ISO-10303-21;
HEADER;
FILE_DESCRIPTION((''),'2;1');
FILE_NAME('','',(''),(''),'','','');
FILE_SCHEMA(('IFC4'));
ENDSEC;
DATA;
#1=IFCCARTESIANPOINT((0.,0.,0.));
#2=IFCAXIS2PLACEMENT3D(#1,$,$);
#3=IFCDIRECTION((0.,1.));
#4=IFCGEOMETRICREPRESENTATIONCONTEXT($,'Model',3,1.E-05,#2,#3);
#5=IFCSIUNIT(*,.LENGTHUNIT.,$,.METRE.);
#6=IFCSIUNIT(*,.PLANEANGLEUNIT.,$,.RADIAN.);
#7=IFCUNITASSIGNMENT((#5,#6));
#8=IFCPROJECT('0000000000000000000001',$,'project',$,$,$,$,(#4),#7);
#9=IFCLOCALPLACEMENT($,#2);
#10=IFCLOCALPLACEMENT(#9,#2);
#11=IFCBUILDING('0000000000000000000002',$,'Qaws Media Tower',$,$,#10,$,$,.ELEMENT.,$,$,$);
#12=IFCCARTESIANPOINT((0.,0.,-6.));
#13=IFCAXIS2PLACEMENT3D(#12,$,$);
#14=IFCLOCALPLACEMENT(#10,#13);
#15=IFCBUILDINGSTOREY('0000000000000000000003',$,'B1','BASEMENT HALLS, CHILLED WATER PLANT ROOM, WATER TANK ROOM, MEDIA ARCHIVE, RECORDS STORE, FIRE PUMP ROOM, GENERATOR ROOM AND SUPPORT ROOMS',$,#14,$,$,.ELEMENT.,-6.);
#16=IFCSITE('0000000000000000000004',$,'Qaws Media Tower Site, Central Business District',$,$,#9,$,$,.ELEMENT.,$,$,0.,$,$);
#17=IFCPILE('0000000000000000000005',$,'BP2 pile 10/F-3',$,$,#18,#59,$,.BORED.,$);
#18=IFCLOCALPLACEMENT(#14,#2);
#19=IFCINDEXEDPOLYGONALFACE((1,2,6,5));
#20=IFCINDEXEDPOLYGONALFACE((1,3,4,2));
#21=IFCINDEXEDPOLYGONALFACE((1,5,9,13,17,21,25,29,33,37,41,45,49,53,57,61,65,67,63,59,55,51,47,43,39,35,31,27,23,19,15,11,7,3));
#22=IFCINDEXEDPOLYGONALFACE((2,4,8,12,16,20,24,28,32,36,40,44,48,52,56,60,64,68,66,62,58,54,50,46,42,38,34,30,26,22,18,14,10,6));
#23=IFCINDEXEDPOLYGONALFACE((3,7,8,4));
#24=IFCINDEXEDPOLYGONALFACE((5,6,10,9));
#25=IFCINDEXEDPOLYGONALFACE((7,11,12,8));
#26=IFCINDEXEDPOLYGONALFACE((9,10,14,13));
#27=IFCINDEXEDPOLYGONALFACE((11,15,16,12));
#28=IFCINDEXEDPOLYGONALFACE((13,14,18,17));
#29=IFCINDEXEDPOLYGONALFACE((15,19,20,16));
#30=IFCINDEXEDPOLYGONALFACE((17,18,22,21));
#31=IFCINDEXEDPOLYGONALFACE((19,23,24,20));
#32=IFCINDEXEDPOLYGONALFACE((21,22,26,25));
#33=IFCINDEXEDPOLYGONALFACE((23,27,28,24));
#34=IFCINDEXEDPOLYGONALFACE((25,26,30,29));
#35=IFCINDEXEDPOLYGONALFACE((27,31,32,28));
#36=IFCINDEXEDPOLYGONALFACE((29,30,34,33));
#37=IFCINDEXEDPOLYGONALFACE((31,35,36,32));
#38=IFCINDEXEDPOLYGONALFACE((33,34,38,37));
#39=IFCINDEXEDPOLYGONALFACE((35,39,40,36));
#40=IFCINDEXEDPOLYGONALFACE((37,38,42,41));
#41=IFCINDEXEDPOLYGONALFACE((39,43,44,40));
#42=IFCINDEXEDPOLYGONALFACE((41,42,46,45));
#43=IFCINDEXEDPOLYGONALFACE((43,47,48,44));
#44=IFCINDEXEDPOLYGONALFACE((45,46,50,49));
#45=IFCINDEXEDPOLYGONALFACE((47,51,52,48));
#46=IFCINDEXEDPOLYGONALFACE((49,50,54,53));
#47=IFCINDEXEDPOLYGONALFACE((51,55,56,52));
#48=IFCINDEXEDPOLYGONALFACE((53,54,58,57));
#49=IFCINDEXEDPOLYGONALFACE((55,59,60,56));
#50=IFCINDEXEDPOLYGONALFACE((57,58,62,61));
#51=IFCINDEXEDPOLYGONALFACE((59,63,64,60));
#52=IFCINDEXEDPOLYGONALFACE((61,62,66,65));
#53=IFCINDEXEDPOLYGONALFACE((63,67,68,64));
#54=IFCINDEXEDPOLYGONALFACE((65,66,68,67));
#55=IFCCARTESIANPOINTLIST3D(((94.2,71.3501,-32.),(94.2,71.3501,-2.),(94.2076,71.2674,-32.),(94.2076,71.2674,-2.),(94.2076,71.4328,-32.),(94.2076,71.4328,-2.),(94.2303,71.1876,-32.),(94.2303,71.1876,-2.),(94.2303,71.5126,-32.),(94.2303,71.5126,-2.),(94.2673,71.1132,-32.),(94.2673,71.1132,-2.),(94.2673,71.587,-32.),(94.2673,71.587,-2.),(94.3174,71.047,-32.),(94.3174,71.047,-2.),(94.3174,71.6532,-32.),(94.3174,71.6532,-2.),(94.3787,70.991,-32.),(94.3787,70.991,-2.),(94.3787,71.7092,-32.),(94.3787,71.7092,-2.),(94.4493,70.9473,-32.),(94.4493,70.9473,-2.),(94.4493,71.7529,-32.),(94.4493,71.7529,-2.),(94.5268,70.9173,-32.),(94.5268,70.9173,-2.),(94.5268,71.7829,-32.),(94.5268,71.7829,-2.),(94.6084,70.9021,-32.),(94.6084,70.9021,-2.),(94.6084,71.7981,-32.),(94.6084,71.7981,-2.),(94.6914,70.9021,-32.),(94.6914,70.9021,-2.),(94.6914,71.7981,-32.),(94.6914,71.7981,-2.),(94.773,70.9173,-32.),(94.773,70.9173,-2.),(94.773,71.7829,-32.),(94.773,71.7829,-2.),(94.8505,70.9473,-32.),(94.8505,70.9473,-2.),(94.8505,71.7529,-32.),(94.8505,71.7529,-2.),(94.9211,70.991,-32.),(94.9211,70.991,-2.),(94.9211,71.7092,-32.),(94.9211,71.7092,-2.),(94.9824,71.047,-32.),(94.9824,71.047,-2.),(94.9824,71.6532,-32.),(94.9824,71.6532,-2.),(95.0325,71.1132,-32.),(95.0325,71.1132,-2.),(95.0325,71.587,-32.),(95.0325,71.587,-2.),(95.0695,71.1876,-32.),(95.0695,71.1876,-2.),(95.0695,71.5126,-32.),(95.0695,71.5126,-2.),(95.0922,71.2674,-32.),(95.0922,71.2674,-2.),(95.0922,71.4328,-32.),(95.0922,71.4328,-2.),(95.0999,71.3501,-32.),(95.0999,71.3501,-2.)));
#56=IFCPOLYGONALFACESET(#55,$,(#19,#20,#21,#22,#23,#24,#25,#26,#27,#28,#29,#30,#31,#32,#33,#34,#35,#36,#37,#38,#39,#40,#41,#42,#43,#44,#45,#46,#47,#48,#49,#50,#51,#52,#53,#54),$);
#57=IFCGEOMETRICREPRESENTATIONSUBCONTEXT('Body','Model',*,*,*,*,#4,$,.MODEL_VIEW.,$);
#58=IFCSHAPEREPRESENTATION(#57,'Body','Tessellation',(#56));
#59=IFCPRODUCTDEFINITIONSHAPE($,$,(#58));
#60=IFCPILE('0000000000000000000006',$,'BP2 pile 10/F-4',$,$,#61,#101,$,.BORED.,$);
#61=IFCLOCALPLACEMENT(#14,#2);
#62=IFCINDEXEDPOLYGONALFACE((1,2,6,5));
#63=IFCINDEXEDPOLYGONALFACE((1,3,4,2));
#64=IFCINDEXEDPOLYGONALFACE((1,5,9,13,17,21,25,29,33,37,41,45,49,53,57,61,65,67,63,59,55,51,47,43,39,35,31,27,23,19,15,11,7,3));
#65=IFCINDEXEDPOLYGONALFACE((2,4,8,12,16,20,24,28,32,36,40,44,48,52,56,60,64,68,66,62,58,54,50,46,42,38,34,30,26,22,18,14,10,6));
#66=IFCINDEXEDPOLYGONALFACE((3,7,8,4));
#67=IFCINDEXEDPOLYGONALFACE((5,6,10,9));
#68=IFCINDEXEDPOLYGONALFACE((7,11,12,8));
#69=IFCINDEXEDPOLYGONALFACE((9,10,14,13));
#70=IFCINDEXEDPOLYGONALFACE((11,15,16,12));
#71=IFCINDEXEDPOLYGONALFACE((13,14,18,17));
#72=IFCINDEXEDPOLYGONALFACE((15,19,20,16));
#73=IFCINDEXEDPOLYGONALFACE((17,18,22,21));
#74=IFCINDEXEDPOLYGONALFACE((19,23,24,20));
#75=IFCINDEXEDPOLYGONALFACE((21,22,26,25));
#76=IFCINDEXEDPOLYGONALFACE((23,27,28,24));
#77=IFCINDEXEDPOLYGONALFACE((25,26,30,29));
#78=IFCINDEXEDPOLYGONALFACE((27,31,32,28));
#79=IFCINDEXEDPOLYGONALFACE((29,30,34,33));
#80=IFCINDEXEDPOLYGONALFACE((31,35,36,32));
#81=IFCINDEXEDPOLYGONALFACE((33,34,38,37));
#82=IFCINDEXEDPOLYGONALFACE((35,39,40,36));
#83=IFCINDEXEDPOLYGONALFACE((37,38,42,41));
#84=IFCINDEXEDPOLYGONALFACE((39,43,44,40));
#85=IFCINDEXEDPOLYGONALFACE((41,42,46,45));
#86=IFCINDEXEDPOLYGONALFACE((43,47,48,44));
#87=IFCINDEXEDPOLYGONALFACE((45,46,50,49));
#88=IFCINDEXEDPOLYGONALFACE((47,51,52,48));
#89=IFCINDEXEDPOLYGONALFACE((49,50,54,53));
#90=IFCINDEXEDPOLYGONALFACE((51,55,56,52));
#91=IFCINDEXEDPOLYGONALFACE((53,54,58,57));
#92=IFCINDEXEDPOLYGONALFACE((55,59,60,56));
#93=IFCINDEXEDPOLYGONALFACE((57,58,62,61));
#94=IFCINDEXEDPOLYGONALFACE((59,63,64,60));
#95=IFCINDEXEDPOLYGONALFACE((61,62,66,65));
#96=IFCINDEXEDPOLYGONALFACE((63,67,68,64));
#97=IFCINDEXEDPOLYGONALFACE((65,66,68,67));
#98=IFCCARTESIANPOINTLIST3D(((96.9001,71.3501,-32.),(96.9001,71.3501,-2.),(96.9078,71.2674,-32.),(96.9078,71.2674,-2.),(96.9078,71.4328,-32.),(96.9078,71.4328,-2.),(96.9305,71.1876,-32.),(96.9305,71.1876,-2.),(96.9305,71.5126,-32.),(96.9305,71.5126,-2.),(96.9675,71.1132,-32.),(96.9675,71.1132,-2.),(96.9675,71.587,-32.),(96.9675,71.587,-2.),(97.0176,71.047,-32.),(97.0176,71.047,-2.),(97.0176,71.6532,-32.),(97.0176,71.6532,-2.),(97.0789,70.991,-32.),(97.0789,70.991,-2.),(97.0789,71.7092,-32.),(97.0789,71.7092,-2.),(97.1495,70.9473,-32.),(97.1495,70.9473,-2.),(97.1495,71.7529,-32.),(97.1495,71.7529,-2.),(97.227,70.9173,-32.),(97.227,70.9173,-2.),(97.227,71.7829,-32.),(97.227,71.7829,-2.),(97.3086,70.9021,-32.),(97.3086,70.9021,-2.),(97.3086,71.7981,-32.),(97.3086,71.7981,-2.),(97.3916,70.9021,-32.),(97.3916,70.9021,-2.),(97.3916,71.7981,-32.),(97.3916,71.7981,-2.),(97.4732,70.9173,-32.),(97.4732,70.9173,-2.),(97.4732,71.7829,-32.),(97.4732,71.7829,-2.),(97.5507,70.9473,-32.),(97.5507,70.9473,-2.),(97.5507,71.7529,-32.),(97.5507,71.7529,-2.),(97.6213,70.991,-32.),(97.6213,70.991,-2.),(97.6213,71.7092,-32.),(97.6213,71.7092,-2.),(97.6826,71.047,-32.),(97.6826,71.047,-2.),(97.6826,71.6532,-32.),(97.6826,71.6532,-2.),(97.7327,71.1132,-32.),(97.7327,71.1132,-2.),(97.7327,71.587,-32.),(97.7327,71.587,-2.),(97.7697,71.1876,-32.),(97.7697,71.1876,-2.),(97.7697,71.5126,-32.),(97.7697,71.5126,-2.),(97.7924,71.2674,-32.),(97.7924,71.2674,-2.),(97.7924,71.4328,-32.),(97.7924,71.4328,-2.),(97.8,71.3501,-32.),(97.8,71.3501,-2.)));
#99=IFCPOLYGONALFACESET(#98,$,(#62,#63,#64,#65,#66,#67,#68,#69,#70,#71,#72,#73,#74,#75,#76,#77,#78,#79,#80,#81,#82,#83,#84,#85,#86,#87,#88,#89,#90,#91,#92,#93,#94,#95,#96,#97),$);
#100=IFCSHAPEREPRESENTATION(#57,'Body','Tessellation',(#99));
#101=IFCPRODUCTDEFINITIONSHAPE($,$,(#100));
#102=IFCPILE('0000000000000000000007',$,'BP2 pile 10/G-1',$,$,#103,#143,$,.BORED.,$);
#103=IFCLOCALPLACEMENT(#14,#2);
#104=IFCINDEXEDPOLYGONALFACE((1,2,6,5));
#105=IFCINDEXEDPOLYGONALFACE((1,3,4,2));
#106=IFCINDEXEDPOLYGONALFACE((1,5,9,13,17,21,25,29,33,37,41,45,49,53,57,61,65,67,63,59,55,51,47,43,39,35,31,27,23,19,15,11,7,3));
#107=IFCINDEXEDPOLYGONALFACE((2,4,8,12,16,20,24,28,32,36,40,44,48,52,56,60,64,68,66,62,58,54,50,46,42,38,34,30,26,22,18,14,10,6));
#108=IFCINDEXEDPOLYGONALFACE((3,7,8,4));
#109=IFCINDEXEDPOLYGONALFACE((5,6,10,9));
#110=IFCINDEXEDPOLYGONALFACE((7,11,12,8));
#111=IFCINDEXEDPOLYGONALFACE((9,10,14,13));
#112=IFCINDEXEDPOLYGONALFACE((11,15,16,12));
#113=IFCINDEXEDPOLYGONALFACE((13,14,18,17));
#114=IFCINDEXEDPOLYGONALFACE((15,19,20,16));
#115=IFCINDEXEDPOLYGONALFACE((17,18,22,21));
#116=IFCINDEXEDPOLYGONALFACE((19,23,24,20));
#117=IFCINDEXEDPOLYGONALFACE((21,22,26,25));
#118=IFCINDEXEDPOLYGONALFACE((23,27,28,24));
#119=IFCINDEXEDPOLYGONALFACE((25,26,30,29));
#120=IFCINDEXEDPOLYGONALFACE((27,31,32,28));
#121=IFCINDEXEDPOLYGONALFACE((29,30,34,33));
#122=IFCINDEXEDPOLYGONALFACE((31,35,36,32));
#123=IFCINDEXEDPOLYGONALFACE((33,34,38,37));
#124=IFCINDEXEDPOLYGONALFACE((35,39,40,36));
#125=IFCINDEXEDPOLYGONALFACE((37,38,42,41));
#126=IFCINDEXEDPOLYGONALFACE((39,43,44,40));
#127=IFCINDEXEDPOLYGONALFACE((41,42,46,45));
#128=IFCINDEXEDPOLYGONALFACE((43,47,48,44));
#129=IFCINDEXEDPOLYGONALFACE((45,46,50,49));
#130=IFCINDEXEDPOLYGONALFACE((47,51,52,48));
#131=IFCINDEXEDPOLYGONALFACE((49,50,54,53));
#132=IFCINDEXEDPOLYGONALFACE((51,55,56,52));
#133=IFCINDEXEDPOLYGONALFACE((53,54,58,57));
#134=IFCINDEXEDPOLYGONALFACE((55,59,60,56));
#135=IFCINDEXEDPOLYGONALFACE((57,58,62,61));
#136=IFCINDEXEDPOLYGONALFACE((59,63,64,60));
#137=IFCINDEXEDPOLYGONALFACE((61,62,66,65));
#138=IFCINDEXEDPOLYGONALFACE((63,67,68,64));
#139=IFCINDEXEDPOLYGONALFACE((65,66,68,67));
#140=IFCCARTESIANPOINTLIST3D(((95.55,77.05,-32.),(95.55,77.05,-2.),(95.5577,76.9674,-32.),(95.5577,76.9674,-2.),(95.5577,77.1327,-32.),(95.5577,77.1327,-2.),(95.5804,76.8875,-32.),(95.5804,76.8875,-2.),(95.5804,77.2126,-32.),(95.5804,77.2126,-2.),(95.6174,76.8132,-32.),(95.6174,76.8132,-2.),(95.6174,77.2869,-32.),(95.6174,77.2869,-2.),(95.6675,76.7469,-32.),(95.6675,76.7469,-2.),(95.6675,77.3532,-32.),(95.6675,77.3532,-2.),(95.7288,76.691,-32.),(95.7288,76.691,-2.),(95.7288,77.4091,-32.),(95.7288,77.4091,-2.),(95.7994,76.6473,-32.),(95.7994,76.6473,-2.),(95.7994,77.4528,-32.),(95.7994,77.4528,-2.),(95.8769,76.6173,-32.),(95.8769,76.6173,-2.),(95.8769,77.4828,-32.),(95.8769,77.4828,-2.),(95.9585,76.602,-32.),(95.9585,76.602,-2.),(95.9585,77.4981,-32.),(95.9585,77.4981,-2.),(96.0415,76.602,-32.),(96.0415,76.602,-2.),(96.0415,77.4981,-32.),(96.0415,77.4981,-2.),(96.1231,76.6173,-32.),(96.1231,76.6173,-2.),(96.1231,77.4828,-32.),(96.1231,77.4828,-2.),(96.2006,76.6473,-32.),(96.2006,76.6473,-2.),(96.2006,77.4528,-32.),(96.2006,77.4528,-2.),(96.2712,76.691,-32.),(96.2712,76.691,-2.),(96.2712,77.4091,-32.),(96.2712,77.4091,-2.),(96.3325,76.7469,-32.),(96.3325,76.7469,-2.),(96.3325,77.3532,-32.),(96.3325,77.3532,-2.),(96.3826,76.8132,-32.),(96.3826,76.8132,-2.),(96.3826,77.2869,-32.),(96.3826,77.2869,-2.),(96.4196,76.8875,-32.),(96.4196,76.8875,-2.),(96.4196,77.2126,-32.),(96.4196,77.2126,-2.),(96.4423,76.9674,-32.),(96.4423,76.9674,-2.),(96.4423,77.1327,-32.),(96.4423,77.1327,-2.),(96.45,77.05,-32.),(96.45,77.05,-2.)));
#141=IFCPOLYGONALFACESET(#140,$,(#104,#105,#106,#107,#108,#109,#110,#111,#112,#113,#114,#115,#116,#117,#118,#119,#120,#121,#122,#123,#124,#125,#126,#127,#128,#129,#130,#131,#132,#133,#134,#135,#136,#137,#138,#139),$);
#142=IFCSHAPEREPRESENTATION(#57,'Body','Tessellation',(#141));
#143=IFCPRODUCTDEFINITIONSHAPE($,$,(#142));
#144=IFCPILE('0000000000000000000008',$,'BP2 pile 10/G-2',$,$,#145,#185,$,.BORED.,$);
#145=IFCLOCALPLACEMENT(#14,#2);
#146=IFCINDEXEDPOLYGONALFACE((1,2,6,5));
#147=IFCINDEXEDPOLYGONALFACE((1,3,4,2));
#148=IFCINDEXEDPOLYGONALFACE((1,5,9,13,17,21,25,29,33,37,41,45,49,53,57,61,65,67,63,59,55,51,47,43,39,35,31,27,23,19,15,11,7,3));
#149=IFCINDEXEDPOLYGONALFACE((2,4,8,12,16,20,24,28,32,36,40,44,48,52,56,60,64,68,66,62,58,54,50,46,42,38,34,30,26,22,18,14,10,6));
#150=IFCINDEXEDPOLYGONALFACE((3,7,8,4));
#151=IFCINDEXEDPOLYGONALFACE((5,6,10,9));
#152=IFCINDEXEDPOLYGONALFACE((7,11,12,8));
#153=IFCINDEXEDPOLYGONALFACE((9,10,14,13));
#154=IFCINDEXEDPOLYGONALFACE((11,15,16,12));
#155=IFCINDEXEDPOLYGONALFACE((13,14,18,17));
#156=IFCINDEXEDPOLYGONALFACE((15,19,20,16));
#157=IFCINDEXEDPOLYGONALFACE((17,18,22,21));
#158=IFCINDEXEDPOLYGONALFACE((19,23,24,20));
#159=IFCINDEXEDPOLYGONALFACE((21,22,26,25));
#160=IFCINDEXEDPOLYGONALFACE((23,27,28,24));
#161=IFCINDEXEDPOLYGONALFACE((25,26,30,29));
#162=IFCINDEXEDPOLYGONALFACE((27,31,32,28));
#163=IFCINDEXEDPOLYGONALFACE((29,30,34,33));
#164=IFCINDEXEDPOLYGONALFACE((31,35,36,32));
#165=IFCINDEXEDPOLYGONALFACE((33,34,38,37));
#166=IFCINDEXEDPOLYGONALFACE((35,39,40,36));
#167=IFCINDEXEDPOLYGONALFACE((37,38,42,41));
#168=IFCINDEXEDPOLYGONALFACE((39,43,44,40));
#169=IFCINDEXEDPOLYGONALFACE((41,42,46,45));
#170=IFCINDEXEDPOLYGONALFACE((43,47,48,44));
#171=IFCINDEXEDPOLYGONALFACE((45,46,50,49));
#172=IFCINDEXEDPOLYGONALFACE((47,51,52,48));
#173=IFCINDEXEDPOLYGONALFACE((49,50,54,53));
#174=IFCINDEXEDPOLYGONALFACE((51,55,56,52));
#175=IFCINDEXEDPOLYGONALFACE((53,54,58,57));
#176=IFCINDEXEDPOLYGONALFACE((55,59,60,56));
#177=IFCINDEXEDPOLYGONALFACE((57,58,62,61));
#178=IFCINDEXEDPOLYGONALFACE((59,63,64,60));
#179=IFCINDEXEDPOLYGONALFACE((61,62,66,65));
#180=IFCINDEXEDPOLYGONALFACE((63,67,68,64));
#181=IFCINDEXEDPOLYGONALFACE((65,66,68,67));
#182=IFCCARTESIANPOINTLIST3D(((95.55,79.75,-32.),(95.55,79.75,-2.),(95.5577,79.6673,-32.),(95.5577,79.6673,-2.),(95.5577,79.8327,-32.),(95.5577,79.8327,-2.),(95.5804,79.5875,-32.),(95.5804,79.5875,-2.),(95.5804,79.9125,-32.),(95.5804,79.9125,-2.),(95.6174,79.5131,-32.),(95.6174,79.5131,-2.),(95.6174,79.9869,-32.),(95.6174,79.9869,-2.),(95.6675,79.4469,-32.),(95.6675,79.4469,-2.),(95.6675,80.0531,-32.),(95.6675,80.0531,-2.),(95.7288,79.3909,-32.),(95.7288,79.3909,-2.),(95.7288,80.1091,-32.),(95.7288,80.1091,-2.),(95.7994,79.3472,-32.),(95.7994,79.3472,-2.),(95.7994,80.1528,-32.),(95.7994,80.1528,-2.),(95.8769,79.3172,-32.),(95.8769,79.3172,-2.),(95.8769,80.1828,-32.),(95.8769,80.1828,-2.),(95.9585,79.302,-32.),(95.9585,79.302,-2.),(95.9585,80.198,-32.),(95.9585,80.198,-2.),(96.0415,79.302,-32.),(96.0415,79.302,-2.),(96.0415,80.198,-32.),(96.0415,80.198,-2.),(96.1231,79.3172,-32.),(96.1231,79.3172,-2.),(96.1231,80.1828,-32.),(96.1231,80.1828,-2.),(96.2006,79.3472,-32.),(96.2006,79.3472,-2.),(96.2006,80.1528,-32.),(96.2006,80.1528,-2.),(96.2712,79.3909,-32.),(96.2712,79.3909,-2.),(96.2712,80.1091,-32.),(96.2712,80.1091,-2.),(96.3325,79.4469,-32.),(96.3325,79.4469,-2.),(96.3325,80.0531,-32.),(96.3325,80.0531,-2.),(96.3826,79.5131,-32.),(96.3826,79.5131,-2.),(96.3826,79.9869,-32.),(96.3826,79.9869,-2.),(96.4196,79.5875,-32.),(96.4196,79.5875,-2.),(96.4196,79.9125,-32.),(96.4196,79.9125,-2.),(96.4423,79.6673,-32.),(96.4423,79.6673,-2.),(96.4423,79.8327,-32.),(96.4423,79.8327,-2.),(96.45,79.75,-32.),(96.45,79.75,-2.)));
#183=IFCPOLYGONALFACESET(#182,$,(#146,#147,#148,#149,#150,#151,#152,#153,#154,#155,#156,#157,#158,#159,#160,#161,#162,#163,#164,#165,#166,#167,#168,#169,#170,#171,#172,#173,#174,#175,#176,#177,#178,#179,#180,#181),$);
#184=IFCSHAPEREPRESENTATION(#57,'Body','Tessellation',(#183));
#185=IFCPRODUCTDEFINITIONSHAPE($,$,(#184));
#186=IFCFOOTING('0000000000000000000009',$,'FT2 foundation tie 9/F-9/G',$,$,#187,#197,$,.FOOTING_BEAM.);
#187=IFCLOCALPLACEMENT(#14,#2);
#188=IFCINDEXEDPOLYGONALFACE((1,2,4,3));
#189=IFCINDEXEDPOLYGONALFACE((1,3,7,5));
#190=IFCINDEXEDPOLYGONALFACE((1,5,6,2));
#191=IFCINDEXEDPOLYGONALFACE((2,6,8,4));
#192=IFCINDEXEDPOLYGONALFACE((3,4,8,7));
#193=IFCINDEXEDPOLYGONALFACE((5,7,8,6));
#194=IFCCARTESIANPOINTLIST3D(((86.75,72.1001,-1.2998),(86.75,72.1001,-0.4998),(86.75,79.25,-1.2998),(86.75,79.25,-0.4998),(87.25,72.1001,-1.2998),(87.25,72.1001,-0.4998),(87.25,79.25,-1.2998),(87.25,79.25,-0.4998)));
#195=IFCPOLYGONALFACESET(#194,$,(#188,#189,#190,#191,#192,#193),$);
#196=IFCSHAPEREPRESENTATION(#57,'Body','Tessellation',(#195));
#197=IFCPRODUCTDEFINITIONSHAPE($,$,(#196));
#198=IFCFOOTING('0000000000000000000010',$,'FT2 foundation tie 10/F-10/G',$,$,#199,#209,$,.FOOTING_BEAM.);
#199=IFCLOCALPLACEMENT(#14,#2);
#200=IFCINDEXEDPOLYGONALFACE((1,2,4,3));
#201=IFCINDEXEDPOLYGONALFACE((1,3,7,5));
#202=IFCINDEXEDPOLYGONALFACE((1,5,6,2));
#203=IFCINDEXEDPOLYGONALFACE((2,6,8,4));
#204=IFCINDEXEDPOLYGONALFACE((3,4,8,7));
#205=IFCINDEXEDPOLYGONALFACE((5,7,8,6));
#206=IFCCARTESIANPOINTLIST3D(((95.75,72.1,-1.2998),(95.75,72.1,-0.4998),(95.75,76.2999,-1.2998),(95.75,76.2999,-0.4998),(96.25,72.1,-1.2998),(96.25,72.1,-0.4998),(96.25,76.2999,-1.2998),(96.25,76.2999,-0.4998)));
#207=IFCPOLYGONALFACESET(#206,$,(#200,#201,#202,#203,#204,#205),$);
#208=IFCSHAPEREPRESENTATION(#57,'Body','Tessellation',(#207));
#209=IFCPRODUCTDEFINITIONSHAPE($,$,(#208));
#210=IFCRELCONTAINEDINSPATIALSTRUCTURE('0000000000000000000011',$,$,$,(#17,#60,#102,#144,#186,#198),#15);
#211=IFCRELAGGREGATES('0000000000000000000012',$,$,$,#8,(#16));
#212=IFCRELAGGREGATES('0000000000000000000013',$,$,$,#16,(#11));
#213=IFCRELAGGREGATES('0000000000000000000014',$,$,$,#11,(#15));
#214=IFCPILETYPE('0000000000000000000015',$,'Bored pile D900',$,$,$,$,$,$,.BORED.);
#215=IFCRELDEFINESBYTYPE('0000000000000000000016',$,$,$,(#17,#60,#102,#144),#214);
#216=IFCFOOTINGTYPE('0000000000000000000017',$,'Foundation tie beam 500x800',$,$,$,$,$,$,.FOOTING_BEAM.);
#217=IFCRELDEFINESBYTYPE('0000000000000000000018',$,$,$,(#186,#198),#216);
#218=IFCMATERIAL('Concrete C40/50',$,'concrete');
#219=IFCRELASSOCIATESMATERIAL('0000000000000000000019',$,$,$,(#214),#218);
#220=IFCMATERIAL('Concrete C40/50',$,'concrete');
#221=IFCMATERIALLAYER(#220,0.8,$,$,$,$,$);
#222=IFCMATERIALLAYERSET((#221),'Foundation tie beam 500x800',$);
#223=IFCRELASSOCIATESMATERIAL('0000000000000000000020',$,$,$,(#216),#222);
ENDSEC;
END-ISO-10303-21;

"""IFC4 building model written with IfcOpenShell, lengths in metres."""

from ifc_helpers import new_model, si_unit, direction, frame, origin, origin_2d, place, context, subcontext, project, spatial, rectangle, circle, extrude, material, layer, layer_set, material_profile, profile_set, type_object, element, save


model = new_model("IFC4")

# Units and contexts
model_context = context("Model", 3, precision=1e-05, world=origin(), true_north=direction((0.0, 1.0)))
body_context = subcontext(model_context, "Body", "Model", "MODEL_VIEW")
ifc_project = project(units=[si_unit("LENGTHUNIT", "METRE"), si_unit("PLANEANGLEUNIT", "RADIAN")], contexts=[model_context])

# Site, building, storey
site_placement = place(None, origin())
site = spatial("IfcSite", under=ifc_project, at=site_placement, Name="Qaws Media Tower Site, Central Business District", CompositionType="ELEMENT", RefElevation=0.0)
building_placement = place(site_placement, origin())
building = spatial("IfcBuilding", under=site, at=building_placement, Name="Qaws Media Tower", CompositionType="ELEMENT")
storey_placement = place(building_placement, frame((0.0, 0.0, -6.0)))
storey = spatial("IfcBuildingStorey", under=building, at=storey_placement, Name="B1", Description="BASEMENT HALLS, CHILLED WATER PLANT ROOM, WATER TANK ROOM, MEDIA ARCHIVE, RECORDS STORE, FIRE PUMP ROOM, GENERATOR ROOM AND SUPPORT ROOMS", CompositionType="ELEMENT", Elevation=-6.0)

# Piles
ifc_material_1 = material(Name="Concrete C40/50", Category="concrete")
ifc_material_profile_1 = material_profile(ifc_material_1, circle(Radius=0.45, at=origin_2d()), Name="D900")
ifc_profile_set_1 = profile_set([ifc_material_profile_1], Name="Concrete C40/50")
pile_type = type_object("IfcPileType", Name="Bored pile D900", PredefinedType="BORED", material=ifc_profile_set_1)
for number, where, z_axis, x_axis, name in (
    (1, (94.6499, 71.3501, -2.0), (0.0, 0.0, -1.0), (1.0, 0.0, 0.0), "BP2 pile 10/F-3"),
    (2, (97.3501, 71.3501, -2.0), (0.0, 0.0, -1.0), (1.0, 0.0, 0.0), "BP2 pile 10/F-4"),
    (3, (96.0, 77.05, -2.0), (0.0, 0.0, -1.0), (1.0, 0.0, 0.0), "BP2 pile 10/G-1"),
    (4, (96.0, 79.75, -2.0), (0.0, 0.0, -1.0), (1.0, 0.0, 0.0), "BP2 pile 10/G-2"),
):
    element("IfcPile", number, at=place(storey_placement, frame(where, z_axis=z_axis, x_axis=x_axis)), inside=storey, type_object=pile_type, Name=name, PredefinedType="BORED", context=body_context, shape_type="SweptSolid", body=[
        extrude(circle(Radius=0.45, at=origin_2d()), origin(), (0.0, 0.0, 1.0), 30.0),
    ])

# Footings
ifc_material_2 = material(Name="Concrete C40/50", Category="concrete")
ifc_layer_1 = layer(ifc_material_2, 0.8)
ifc_layer_set_1 = layer_set([ifc_layer_1], Name="Foundation tie beam 500x800")
footing_type_1 = type_object("IfcFootingType", Name="Foundation tie beam 500x800", PredefinedType="FOOTING_BEAM", material=ifc_layer_set_1)
footing_1_placement = place(storey_placement, frame((87.0, 75.675, -1.2998), z_axis=(0.0, 0.0, 1.0), x_axis=(1.0, 0.0, 0.0)))
element("IfcFooting", 5, at=footing_1_placement, inside=storey, type_object=footing_type_1, Name="FT2 foundation tie 9/F-9/G", PredefinedType="FOOTING_BEAM", context=body_context, shape_type="SweptSolid", body=[
    extrude(rectangle(XDim=0.5, YDim=7.1499, at=origin_2d()), origin(), (0.0, 0.0, 1.0), 0.8),
])
footing_2_placement = place(storey_placement, frame((96.0, 74.2, -1.2998), z_axis=(0.0, 0.0, 1.0), x_axis=(1.0, 0.0, 0.0)))
element("IfcFooting", 6, at=footing_2_placement, inside=storey, type_object=footing_type_1, Name="FT2 foundation tie 10/F-10/G", PredefinedType="FOOTING_BEAM", context=body_context, shape_type="SweptSolid", body=[
    extrude(rectangle(XDim=0.5, YDim=4.2, at=origin_2d()), origin(), (0.0, 0.0, 1.0), 0.8),
])

save(model, "model.ifc")
